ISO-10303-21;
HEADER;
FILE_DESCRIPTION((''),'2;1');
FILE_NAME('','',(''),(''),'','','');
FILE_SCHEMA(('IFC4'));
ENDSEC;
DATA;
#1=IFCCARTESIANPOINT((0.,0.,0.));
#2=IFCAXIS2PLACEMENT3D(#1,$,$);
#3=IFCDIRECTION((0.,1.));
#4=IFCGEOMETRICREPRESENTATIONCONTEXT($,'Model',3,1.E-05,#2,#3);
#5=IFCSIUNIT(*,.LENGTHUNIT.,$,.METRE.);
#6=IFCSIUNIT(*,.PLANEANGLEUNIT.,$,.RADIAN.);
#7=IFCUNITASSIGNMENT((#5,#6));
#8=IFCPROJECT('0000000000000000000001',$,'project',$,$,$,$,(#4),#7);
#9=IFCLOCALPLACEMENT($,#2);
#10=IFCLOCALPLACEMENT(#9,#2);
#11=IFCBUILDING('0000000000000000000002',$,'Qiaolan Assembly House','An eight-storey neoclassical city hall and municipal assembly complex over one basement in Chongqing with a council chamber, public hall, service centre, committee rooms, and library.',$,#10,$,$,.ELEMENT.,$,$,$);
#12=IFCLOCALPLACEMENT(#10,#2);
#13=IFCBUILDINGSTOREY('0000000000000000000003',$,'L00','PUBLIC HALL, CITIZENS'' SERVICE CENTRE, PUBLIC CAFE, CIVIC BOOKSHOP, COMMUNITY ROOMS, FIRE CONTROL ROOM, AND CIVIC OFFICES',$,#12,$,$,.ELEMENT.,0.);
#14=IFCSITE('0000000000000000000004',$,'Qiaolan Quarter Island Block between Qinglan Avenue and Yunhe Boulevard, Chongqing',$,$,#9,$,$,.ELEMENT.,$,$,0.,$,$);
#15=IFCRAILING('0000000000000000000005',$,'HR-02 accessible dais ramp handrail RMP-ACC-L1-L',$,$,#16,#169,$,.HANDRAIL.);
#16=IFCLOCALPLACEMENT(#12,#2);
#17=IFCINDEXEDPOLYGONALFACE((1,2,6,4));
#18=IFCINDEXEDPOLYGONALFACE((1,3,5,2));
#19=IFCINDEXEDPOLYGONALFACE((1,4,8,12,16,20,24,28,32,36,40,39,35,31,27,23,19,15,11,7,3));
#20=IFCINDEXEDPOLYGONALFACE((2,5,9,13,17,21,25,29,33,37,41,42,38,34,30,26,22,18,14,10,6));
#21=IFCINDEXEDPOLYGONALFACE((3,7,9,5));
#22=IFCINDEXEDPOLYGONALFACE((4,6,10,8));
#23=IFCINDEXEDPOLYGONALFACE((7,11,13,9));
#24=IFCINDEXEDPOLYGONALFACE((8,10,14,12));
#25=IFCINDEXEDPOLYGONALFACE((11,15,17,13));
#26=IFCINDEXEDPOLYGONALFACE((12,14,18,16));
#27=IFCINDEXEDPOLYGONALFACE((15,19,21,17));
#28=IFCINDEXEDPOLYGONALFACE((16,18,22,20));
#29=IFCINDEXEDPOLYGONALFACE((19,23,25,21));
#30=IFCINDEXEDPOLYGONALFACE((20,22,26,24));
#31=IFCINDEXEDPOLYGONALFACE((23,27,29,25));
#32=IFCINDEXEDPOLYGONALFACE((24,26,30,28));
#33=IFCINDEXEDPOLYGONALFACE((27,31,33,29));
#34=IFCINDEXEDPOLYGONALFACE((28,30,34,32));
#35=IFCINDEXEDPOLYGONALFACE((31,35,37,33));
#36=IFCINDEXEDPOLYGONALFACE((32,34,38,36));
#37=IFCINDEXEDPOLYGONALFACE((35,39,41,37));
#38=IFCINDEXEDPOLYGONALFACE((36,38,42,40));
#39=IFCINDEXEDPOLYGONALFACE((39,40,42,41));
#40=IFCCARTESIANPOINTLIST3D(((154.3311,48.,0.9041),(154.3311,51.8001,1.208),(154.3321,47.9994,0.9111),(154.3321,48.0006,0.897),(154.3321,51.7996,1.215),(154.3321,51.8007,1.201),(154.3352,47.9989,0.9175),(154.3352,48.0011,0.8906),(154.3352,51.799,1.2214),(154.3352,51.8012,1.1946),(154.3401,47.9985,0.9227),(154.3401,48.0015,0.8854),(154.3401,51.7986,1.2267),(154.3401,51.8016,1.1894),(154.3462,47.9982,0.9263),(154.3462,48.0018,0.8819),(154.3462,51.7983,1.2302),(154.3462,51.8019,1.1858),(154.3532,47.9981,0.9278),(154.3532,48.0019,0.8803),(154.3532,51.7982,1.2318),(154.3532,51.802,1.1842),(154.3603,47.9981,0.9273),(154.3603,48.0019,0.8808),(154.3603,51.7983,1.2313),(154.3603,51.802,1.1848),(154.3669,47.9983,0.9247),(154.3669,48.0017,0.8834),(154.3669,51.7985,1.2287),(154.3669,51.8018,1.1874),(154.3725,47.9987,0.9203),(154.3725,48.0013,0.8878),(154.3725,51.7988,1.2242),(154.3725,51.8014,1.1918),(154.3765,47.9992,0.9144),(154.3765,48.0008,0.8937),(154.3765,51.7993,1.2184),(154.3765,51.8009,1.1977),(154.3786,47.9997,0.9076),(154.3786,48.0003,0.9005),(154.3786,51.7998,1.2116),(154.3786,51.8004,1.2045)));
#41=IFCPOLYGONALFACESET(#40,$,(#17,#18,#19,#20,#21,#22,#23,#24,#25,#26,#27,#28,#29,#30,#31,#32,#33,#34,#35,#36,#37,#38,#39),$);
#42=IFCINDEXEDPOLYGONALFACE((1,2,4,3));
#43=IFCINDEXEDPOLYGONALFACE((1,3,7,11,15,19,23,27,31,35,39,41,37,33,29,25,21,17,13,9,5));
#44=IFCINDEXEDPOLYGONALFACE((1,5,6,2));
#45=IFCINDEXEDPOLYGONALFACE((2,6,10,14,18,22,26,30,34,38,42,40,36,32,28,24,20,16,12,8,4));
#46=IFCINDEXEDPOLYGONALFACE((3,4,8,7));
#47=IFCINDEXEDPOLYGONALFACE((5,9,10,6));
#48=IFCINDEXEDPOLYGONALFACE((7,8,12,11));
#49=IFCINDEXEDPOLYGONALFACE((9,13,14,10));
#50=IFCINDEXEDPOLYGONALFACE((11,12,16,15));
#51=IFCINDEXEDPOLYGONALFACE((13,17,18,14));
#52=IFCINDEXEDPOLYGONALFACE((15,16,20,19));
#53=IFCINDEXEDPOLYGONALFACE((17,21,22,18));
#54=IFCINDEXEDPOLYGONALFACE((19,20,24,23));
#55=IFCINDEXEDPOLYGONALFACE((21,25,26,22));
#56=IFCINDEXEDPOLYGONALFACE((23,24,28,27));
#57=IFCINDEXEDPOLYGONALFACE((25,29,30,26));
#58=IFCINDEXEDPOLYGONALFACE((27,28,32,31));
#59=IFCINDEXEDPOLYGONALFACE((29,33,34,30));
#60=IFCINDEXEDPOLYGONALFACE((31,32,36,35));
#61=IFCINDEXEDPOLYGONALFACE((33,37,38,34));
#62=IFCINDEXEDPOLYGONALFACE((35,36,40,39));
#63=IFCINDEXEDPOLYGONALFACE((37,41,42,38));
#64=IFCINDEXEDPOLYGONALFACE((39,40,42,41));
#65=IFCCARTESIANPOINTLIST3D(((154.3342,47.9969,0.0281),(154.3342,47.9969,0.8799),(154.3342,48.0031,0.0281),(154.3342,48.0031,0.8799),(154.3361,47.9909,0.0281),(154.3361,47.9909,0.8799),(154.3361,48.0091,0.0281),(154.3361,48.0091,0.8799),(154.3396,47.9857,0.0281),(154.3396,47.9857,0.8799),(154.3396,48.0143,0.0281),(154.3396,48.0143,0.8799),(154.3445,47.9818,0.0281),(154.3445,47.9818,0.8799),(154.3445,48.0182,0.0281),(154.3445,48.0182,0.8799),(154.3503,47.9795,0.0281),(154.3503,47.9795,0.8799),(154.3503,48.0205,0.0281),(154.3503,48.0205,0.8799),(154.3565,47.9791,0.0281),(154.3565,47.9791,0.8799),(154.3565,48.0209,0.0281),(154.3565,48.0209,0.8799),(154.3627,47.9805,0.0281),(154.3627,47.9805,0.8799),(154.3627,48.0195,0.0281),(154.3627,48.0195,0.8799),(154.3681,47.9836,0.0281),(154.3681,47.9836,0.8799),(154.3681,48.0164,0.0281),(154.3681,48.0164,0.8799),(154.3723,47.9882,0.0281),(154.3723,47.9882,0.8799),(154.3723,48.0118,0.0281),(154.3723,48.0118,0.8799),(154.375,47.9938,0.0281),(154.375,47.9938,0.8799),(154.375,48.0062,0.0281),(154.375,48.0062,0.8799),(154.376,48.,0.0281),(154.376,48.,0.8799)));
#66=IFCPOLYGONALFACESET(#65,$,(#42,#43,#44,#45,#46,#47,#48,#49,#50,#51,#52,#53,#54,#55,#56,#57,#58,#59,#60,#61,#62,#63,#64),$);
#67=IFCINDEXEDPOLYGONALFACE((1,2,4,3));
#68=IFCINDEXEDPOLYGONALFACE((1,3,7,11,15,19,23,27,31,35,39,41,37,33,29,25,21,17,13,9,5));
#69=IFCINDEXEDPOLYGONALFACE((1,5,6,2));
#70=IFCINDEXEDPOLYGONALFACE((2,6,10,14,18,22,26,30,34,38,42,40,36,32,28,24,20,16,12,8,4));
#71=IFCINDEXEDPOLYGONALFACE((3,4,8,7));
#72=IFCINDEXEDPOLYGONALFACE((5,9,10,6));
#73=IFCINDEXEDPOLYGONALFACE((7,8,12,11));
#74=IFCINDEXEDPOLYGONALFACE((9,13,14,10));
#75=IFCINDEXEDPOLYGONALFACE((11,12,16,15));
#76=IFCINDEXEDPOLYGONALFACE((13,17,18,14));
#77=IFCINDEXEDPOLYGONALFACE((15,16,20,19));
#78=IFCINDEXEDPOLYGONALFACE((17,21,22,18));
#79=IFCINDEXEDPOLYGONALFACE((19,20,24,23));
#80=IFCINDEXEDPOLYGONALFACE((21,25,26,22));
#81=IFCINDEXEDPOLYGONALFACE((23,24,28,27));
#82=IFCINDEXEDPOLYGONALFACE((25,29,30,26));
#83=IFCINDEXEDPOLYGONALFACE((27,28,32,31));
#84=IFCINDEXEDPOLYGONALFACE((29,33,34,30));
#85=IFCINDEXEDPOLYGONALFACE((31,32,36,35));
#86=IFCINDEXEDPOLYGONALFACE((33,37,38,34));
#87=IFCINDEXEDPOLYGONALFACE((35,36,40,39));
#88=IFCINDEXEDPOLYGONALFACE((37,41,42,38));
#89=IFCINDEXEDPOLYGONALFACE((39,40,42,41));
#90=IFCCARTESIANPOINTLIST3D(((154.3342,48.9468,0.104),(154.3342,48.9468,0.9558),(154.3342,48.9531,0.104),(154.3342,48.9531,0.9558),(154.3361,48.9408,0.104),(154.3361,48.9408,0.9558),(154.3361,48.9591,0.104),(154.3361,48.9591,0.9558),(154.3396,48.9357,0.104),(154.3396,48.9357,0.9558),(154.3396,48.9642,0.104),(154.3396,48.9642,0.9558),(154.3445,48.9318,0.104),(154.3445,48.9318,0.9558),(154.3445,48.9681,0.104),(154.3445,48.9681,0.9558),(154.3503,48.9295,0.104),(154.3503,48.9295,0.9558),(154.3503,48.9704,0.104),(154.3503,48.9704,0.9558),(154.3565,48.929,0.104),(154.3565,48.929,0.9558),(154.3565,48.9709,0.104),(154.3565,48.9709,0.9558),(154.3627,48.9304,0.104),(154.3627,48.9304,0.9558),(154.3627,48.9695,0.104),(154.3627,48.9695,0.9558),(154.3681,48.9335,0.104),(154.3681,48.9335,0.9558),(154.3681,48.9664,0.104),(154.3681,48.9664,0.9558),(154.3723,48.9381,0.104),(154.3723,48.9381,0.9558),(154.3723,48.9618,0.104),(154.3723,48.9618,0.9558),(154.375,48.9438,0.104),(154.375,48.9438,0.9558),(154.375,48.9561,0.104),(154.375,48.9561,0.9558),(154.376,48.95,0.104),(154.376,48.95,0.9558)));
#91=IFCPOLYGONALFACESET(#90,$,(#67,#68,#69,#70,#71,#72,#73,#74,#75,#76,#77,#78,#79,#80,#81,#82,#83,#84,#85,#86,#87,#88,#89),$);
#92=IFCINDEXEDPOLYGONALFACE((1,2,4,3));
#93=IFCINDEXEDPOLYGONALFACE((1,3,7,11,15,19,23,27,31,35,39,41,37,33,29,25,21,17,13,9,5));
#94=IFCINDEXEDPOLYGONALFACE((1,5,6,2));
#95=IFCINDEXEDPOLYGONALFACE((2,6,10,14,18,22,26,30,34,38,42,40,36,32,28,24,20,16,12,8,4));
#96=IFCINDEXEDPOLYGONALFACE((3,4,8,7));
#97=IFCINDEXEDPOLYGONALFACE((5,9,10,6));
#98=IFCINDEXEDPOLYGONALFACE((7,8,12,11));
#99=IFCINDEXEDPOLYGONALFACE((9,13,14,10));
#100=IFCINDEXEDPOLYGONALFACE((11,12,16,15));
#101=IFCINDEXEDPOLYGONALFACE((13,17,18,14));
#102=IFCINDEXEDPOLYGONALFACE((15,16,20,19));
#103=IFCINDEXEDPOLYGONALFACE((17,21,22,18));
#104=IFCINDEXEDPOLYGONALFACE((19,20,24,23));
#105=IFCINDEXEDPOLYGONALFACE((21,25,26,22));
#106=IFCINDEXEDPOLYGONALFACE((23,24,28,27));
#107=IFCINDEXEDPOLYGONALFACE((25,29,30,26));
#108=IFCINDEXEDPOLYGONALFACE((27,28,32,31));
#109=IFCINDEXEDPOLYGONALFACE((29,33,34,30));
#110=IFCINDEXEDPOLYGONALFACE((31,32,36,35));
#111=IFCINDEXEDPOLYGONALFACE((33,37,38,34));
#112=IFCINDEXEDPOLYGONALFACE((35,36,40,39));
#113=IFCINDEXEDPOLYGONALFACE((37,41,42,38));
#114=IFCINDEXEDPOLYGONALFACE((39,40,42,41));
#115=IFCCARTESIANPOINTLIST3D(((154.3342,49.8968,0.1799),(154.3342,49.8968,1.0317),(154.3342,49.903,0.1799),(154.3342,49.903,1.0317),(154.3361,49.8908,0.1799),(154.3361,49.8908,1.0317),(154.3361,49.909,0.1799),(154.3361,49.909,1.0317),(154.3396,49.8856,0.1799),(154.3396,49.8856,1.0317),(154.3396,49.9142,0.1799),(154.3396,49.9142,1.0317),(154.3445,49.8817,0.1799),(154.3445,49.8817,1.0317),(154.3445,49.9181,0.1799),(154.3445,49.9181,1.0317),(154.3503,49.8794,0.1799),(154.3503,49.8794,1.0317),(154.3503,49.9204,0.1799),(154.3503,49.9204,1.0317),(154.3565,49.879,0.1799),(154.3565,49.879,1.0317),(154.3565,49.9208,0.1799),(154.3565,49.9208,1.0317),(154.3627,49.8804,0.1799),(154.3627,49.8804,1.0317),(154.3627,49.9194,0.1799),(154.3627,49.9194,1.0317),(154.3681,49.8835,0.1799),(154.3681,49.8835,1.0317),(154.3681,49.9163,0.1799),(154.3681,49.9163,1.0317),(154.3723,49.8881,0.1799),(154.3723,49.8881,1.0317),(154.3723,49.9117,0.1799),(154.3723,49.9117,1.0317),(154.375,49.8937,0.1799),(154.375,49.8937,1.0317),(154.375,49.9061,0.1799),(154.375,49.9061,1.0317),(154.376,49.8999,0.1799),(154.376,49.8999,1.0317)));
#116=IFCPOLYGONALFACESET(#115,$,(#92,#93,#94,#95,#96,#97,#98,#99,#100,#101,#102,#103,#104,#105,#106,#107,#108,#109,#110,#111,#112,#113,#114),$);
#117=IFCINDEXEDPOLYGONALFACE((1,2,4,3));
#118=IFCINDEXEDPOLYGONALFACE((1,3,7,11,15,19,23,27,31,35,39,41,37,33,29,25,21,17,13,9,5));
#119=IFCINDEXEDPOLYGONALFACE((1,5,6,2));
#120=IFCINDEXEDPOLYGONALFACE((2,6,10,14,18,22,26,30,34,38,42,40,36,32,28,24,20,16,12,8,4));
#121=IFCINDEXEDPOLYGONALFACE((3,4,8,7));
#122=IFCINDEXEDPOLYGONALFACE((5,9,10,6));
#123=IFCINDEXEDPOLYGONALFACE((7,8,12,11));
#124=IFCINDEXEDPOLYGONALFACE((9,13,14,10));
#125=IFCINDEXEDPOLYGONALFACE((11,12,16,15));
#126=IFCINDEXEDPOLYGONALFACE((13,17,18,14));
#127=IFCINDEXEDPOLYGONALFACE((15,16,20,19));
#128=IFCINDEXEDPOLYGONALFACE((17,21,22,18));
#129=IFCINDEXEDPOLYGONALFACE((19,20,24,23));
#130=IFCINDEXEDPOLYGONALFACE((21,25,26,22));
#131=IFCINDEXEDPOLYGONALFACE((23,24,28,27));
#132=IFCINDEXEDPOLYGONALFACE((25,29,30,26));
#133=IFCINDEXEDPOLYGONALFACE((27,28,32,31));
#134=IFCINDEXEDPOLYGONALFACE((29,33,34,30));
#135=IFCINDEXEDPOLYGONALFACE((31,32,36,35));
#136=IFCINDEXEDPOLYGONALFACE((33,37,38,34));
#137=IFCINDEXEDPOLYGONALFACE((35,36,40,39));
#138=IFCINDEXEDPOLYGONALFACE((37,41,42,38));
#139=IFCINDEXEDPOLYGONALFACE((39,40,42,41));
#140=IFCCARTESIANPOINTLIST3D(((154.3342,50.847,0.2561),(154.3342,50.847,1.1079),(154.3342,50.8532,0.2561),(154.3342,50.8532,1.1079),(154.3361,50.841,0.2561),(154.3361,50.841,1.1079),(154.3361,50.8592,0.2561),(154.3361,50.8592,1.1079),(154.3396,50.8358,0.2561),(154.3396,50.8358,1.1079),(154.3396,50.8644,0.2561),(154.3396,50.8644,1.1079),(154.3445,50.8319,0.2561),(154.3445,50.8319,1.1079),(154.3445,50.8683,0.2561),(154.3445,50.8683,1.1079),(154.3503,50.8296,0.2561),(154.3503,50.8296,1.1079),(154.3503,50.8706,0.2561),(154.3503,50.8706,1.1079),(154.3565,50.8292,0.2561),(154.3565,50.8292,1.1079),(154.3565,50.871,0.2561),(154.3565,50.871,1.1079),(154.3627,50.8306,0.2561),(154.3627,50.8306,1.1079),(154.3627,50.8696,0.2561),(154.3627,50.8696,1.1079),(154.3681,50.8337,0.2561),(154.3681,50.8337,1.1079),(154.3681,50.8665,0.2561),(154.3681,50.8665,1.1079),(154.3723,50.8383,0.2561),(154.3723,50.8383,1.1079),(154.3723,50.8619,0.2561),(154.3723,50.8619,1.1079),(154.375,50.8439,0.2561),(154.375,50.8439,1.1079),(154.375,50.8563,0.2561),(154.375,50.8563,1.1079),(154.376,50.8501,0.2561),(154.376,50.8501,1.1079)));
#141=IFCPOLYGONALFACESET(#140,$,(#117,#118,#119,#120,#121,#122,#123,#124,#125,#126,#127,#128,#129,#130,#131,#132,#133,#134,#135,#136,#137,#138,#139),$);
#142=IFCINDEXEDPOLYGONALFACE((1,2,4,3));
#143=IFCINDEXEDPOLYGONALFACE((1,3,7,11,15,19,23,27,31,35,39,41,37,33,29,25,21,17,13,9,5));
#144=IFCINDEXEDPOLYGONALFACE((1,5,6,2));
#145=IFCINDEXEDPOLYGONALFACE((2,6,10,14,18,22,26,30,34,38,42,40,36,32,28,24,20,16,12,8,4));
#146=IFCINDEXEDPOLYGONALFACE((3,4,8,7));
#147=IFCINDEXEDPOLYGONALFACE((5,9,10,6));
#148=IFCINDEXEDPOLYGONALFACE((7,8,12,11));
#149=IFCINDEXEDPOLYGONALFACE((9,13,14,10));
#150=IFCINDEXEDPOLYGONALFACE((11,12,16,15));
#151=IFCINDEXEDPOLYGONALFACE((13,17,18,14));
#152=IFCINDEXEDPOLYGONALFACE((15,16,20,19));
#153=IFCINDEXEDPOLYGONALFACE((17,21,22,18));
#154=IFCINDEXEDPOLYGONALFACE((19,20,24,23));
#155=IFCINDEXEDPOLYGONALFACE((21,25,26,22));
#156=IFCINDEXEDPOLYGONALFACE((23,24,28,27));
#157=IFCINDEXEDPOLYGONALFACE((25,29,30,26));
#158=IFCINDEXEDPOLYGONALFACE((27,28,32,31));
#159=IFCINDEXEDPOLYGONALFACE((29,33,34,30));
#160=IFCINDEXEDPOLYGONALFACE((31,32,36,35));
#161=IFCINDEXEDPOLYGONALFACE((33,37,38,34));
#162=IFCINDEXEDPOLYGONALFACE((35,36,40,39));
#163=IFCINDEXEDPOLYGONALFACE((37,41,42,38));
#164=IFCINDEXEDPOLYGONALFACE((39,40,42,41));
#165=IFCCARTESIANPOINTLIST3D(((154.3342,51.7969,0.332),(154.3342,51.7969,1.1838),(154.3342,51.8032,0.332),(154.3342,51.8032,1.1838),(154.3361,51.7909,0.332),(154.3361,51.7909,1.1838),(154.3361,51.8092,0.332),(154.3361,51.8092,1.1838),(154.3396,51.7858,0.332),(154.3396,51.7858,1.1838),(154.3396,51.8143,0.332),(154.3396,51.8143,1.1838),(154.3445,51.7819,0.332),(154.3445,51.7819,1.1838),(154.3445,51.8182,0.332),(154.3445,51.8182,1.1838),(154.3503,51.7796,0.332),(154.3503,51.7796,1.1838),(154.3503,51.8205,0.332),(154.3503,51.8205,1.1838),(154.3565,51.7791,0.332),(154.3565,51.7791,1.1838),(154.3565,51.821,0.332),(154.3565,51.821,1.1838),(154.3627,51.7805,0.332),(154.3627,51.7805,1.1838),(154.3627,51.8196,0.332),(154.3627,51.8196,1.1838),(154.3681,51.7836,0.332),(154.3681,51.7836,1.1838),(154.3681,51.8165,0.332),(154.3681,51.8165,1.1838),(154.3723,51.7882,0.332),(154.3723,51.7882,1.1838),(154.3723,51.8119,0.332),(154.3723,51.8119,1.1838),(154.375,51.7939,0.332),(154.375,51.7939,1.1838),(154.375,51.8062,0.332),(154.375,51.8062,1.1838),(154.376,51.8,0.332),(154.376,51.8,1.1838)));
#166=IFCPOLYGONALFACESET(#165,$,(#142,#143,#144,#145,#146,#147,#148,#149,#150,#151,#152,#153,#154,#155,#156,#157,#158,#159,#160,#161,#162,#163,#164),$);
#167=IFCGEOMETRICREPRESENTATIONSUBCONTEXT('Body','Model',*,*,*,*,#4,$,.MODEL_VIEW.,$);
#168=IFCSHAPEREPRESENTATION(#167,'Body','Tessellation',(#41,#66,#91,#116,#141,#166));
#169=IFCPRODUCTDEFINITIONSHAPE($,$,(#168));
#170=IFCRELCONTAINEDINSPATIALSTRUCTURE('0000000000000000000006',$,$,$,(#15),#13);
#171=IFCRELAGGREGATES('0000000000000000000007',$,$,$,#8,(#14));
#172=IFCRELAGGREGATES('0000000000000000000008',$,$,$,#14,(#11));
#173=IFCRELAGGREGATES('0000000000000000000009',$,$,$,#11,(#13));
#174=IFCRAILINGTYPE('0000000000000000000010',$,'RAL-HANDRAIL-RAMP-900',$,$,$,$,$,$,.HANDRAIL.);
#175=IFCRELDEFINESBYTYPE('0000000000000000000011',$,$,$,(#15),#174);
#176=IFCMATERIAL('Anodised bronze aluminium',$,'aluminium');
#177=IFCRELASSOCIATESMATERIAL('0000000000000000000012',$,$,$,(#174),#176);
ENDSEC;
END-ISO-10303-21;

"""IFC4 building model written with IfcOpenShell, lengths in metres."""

from ifc_helpers import new_model, si_unit, direction, frame, origin, origin_2d, place, context, subcontext, project, spatial, circle, extrude, material, type_object, element, save


model = new_model("IFC4")

# Units and contexts
model_context = context("Model", 3, precision=1e-05, world=origin(), true_north=direction((0.0, 1.0)))
body_context = subcontext(model_context, "Body", "Model", "MODEL_VIEW")
ifc_project = project(units=[si_unit("LENGTHUNIT", "METRE"), si_unit("PLANEANGLEUNIT", "RADIAN")], contexts=[model_context])

# Site, building, storey
site_placement = place(None, origin())
site = spatial("IfcSite", under=ifc_project, at=site_placement, Name="Qiaolan Quarter Island Block between Qinglan Avenue and Yunhe Boulevard, Chongqing", CompositionType="ELEMENT", RefElevation=0.0)
building_placement = place(site_placement, origin())
building = spatial("IfcBuilding", under=site, at=building_placement, Name="Qiaolan Assembly House", Description="An eight-storey neoclassical city hall and municipal assembly complex over one basement in Chongqing with a council chamber, public hall, service centre, committee rooms, and library.", CompositionType="ELEMENT")
storey_placement = place(building_placement, origin())
storey = spatial("IfcBuildingStorey", under=building, at=storey_placement, Name="L00", Description="PUBLIC HALL, CITIZENS' SERVICE CENTRE, PUBLIC CAFE, CIVIC BOOKSHOP, COMMUNITY ROOMS, FIRE CONTROL ROOM, AND CIVIC OFFICES", CompositionType="ELEMENT", Elevation=0.0)

# Railing
ifc_material_1 = material(Name="Anodised bronze aluminium", Category="aluminium")
railing_type = type_object("IfcRailingType", Name="RAL-HANDRAIL-RAMP-900", PredefinedType="HANDRAIL", material=ifc_material_1)
for number, where, name in (
    (1, (154.355, 48.0, 0.0281), "HR-02 accessible dais ramp handrail RMP-ACC-L1-L"),
):
    element("IfcRailing", number, at=place(storey_placement, frame(where)), inside=storey, type_object=railing_type, Name=name, PredefinedType="HANDRAIL", context=body_context, shape_type="SweptSolid", body=[
        extrude(circle(Radius=0.0239, at=origin_2d()), frame((0.0, 0.0, 0.876), z_axis=(0.0, 0.996816, 0.079732), x_axis=(-1.0, 0.0, 0.0)), (0.0, 0.0, 1.0), 3.8123),
        extrude(circle(Radius=0.021, at=origin_2d()), origin(), (0.0, 0.0, 1.0), 0.8518),
        extrude(circle(Radius=0.021, at=origin_2d()), frame((0.0, 0.95, 0.0759)), (0.0, 0.0, 1.0), 0.8518),
        extrude(circle(Radius=0.021, at=origin_2d()), frame((0.0, 1.8999, 0.1519)), (0.0, 0.0, 1.0), 0.8518),
        extrude(circle(Radius=0.021, at=origin_2d()), frame((0.0, 2.8501, 0.228)), (0.0, 0.0, 1.0), 0.8518),
        extrude(circle(Radius=0.021, at=origin_2d()), frame((0.0, 3.8, 0.304)), (0.0, 0.0, 1.0), 0.8518),
    ])

save(model, "model.ifc")
